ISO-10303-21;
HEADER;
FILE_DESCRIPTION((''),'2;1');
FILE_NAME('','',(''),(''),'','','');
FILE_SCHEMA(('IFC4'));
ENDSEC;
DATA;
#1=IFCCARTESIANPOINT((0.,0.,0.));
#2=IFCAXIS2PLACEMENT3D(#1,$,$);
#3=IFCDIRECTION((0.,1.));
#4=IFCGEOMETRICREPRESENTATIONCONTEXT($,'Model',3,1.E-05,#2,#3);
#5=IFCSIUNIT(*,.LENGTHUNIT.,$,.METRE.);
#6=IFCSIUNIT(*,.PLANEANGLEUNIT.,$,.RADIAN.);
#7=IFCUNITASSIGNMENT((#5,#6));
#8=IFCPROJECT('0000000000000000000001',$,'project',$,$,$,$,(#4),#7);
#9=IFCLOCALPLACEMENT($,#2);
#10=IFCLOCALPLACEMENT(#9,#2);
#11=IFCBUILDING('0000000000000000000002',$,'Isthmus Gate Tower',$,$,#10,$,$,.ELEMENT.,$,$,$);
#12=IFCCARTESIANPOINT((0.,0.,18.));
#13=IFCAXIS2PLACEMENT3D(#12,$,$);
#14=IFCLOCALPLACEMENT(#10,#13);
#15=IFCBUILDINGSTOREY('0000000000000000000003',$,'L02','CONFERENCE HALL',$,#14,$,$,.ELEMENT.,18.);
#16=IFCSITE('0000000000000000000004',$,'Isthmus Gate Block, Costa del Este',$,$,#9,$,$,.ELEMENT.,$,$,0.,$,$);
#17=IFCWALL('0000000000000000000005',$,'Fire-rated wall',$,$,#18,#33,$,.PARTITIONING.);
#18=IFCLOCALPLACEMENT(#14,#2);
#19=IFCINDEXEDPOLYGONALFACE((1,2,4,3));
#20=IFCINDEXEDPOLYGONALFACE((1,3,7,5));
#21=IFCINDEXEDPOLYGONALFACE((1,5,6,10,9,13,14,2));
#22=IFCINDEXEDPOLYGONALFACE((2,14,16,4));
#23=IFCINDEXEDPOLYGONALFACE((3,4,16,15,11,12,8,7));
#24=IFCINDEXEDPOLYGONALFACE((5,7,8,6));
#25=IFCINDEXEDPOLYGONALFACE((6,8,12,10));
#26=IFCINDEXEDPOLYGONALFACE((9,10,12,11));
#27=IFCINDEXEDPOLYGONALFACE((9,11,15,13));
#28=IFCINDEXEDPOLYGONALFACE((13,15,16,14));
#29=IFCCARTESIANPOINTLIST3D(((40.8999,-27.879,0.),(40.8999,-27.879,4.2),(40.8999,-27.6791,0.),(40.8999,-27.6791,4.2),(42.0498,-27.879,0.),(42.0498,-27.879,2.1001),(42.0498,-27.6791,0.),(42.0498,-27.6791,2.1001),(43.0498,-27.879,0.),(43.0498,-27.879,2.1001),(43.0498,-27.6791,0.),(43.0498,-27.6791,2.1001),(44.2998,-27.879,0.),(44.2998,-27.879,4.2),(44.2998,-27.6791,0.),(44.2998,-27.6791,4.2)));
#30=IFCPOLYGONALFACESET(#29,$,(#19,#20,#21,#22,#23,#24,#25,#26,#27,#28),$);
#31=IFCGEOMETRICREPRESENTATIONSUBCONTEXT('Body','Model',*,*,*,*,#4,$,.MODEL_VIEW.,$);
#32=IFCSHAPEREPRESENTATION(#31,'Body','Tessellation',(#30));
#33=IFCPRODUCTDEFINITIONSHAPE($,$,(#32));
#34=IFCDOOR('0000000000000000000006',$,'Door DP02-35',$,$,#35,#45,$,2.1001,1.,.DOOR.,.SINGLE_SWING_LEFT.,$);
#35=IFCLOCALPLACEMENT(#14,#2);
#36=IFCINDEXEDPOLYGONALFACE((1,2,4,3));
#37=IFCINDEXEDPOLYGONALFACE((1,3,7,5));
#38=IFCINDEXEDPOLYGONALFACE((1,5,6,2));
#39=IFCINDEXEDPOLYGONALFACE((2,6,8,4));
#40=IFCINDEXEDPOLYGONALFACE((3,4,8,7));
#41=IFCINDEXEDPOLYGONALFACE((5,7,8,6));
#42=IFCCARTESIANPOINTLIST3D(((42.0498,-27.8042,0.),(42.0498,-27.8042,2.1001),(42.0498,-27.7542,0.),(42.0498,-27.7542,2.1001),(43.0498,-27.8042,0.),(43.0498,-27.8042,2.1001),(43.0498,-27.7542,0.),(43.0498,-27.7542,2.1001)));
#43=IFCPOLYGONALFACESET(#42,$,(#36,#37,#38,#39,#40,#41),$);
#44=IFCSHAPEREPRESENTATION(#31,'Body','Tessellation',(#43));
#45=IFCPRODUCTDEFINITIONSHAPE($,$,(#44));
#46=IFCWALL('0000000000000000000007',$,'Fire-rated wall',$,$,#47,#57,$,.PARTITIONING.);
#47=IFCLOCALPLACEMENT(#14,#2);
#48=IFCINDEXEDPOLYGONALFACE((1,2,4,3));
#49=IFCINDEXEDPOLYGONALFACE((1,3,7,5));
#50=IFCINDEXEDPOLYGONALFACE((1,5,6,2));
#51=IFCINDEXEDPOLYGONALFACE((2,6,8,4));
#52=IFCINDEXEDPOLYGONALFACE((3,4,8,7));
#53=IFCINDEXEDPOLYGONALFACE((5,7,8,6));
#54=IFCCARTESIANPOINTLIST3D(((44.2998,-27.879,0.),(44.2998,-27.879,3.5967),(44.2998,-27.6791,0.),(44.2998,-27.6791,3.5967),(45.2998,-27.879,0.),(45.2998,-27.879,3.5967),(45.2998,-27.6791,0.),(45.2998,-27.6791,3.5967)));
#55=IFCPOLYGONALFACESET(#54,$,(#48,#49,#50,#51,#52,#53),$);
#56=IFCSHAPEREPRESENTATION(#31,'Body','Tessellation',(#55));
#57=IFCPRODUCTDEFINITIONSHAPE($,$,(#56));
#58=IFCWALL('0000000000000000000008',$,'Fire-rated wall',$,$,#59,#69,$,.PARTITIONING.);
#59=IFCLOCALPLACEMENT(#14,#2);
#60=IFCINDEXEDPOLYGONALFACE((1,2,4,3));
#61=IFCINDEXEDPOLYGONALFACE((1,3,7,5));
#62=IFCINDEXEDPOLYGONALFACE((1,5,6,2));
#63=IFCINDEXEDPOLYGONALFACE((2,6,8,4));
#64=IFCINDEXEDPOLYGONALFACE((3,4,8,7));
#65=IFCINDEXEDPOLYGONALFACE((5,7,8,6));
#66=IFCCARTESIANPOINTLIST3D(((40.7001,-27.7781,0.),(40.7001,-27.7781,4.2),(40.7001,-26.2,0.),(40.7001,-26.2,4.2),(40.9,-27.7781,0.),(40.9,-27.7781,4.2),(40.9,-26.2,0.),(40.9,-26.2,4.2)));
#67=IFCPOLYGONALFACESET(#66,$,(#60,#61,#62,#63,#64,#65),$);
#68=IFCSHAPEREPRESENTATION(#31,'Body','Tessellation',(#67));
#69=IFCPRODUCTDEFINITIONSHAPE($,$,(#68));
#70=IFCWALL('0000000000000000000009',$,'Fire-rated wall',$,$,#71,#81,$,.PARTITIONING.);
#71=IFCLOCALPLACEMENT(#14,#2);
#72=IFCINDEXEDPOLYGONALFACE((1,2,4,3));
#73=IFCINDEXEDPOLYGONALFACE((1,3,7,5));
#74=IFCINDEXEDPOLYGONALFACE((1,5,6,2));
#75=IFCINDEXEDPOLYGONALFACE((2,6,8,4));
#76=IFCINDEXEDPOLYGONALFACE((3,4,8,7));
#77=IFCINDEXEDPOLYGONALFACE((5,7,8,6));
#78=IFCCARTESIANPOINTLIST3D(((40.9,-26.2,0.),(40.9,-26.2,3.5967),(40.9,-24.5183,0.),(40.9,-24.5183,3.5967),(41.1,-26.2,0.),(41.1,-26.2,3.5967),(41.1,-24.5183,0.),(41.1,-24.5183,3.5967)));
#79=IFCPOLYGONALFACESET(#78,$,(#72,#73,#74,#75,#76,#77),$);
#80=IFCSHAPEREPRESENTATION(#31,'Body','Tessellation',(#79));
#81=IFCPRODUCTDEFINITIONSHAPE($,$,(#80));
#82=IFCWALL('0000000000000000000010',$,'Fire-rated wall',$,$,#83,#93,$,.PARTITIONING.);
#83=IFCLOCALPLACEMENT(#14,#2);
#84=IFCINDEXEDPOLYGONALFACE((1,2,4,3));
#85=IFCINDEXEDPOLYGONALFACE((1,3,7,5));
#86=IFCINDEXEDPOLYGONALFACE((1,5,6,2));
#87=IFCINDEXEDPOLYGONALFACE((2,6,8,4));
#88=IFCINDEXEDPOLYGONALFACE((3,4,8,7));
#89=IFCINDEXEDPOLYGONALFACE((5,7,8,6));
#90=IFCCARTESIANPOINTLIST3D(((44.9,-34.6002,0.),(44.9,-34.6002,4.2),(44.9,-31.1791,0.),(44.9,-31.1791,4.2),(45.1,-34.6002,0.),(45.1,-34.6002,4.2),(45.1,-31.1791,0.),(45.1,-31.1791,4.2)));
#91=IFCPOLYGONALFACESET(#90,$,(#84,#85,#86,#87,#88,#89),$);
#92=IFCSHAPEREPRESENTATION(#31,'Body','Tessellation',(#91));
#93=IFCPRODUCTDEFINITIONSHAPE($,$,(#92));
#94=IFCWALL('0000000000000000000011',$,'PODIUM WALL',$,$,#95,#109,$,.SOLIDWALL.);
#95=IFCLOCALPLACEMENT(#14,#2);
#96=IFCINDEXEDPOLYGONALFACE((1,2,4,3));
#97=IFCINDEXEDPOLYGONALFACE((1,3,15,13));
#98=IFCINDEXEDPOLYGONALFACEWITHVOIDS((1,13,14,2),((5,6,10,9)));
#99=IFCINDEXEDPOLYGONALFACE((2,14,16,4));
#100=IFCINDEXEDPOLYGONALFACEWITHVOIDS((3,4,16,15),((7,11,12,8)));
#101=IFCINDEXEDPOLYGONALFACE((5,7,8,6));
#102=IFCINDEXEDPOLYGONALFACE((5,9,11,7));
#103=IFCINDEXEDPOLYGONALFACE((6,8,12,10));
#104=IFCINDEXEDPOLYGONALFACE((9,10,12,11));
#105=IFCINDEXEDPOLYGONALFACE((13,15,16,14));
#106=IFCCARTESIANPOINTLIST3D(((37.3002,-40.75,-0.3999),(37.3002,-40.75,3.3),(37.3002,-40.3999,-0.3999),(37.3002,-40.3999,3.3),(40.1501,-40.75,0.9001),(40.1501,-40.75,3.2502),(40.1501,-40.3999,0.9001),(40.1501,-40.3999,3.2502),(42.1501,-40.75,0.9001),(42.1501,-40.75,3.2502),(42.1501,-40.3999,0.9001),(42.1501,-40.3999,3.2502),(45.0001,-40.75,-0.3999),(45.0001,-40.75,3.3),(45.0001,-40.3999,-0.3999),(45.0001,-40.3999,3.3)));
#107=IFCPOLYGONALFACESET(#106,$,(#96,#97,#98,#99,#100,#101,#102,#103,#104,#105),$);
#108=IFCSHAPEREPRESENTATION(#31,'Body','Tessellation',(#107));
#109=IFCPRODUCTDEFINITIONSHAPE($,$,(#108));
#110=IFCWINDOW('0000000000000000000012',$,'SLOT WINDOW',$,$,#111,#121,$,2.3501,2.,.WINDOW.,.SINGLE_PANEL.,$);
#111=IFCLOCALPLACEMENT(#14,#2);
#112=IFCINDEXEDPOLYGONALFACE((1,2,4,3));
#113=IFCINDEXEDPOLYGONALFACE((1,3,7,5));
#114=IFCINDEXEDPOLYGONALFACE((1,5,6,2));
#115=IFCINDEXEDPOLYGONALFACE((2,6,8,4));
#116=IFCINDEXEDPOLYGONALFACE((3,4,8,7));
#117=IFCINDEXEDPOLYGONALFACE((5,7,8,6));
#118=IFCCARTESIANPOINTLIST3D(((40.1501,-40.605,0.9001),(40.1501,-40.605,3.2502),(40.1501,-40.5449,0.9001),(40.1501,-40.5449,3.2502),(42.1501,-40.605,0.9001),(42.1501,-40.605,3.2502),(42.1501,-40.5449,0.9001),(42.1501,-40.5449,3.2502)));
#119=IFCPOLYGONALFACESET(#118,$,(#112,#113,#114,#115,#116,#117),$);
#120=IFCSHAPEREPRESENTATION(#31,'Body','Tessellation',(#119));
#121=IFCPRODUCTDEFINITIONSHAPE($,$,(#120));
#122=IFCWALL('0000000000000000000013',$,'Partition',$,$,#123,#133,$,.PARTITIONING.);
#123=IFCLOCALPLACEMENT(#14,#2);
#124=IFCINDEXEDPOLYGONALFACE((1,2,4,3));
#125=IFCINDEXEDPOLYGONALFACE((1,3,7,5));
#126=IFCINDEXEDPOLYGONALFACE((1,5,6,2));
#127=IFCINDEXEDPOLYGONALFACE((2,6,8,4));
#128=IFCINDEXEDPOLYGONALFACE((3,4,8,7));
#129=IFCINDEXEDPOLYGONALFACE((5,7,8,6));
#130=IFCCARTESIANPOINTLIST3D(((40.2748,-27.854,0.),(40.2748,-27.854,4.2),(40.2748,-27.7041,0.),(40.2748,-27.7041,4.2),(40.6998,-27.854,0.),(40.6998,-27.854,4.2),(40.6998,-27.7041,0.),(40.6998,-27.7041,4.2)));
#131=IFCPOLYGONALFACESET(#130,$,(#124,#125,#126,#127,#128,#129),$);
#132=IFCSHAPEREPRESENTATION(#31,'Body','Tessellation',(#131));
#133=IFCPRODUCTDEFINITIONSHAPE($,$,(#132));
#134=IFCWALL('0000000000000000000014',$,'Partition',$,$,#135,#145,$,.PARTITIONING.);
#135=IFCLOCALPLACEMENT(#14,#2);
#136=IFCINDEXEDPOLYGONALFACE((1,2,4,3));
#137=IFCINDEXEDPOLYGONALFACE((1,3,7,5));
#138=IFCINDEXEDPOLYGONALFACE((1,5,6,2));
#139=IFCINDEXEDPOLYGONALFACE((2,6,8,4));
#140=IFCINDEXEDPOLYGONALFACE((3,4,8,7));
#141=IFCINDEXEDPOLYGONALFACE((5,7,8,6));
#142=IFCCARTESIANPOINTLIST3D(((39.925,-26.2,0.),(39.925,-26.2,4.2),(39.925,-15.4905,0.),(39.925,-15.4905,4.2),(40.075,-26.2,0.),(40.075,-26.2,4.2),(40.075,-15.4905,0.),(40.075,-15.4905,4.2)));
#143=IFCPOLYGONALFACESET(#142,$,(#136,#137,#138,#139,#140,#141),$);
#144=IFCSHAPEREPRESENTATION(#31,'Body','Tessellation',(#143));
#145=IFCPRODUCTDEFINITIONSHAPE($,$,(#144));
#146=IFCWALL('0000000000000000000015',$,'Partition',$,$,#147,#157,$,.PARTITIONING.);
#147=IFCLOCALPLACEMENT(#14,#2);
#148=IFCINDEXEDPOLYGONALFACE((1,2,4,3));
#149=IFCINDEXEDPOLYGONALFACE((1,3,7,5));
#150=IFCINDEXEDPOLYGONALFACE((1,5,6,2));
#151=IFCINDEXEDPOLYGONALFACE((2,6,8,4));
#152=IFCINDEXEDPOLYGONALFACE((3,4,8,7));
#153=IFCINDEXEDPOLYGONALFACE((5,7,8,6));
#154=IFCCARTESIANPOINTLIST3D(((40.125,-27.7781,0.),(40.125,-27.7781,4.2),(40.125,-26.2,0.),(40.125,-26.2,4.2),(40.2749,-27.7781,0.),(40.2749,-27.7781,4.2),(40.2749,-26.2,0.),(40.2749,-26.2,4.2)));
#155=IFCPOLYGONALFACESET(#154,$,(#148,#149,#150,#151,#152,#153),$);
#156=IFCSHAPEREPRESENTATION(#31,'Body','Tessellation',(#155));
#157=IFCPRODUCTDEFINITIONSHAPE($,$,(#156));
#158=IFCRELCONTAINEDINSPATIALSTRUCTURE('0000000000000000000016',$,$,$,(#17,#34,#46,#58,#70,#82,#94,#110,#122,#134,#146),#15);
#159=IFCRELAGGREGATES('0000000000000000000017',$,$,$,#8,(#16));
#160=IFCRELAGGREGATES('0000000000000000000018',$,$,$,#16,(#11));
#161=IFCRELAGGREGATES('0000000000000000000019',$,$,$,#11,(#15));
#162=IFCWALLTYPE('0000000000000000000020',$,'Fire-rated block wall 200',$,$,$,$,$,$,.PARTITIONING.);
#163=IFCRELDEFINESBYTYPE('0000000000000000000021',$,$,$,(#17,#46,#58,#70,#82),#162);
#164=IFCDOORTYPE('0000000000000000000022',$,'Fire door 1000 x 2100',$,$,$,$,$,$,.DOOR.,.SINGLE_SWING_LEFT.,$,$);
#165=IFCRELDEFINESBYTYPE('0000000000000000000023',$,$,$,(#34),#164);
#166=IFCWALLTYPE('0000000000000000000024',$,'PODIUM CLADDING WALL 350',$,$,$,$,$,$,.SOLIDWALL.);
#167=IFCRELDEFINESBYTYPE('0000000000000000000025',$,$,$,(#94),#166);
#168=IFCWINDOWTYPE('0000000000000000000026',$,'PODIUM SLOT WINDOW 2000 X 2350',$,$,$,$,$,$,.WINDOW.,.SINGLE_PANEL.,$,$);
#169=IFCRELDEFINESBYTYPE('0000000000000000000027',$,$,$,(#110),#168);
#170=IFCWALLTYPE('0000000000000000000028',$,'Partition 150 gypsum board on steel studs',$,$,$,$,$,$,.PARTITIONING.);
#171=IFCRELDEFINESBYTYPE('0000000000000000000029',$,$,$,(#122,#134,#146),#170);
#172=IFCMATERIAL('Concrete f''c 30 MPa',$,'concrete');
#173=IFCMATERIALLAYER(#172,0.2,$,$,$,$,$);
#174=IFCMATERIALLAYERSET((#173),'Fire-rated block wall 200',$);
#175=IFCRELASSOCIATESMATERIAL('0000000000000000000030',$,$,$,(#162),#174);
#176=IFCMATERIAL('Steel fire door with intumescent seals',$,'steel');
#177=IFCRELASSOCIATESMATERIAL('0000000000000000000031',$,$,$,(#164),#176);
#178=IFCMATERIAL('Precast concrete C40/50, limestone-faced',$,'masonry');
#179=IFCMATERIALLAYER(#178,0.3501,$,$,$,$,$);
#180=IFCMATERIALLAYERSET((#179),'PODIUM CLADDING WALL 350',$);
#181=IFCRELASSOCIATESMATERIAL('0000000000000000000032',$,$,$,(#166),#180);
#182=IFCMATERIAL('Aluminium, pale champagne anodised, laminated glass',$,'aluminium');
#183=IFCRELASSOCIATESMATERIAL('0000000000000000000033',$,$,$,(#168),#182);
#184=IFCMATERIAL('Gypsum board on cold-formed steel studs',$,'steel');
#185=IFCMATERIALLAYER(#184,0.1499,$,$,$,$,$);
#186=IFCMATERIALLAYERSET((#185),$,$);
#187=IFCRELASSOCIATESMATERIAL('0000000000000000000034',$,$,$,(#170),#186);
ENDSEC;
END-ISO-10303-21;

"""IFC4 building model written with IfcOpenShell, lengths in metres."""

from ifc_helpers import new_model, si_unit, direction, frame, frame_2d, origin, place, context, subcontext, project, spatial, rectangle, extrude, material, layer, layer_set, type_object, element, fill, save


model = new_model("IFC4")

# Units and contexts
model_context = context("Model", 3, precision=1e-05, world=origin(), true_north=direction((0.0, 1.0)))
body_context = subcontext(model_context, "Body", "Model", "MODEL_VIEW")
ifc_project = project(units=[si_unit("LENGTHUNIT", "METRE"), si_unit("PLANEANGLEUNIT", "RADIAN")], contexts=[model_context])

# Site, building, storey
site_placement = place(None, origin())
site = spatial("IfcSite", under=ifc_project, at=site_placement, Name="Isthmus Gate Block, Costa del Este", CompositionType="ELEMENT", RefElevation=0.0)
building_placement = place(site_placement, origin())
building = spatial("IfcBuilding", under=site, at=building_placement, Name="Isthmus Gate Tower", CompositionType="ELEMENT")
storey_placement = place(building_placement, frame((0.0, 0.0, 18.0)))
storey = spatial("IfcBuildingStorey", under=building, at=storey_placement, Name="L02", Description="CONFERENCE HALL", CompositionType="ELEMENT", Elevation=18.0)

# Wall, opening, door
ifc_material_1 = material(Name="Concrete f'c 30 MPa", Category="concrete")
ifc_layer_1 = layer(ifc_material_1, 0.2)
ifc_layer_set_1 = layer_set([ifc_layer_1], Name="Fire-rated block wall 200")
wall_type_1 = type_object("IfcWallType", Name="Fire-rated block wall 200", PredefinedType="PARTITIONING", material=ifc_layer_set_1)
ifc_material_2 = material(Name="Steel fire door with intumescent seals", Category="steel")
door_type = type_object("IfcDoorType", Name="Fire door 1000 x 2100", OperationType="SINGLE_SWING_LEFT", PredefinedType="DOOR", material=ifc_material_2)
wall_1_placement = place(storey_placement, frame((40.8999, -27.7791, 0.0), z_axis=(0.0, 0.0, 1.0), x_axis=(1.0, 0.0, 0.0)))
wall_1 = element("IfcWall", 1, at=wall_1_placement, inside=storey, type_object=wall_type_1, Name="Fire-rated wall", PredefinedType="PARTITIONING", context=body_context, shape_type="SweptSolid", body=[
    extrude(rectangle(XDim=3.3999, YDim=0.2, at=frame_2d((1.7, 0.0))), origin(), (0.0, 0.0, 1.0), 4.2),
])
opening_1_placement = place(wall_1_placement, frame((1.1499, 0.0, 0.0)))
opening_1 = element("IfcOpeningElement", 2, at=opening_1_placement, cuts=wall_1, PredefinedType="OPENING", context=body_context, shape_type="SweptSolid", body=[
    extrude(rectangle(XDim=1.0, YDim=2.1001, at=frame_2d((0.5, 1.05))), frame((0.0, 0.1099, 0.0), z_axis=(0.0, -1.0, 0.0), x_axis=(1.0, 0.0, 0.0)), (0.0, 0.0, 1.0), 0.22),
])
door_1_placement = place(opening_1_placement, origin())
door_1 = element("IfcDoor", 3, at=door_1_placement, inside=storey, type_object=door_type, Name="Door DP02-35", OperationType="SINGLE_SWING_LEFT", OverallHeight=2.1001, OverallWidth=1.0, PredefinedType="DOOR", context=body_context, shape_type="SweptSolid", body=[
    extrude(rectangle(XDim=1.0, YDim=2.1001, at=frame_2d((0.5, 1.05))), frame((0.0, 0.0249, 0.0), z_axis=(0.0, -1.0, 0.0), x_axis=(1.0, 0.0, 0.0)), (0.0, 0.0, 1.0), 0.05),
])
fill(opening_1, door_1)

# Walls
wall_2_placement = place(storey_placement, frame((44.2998, -27.7791, 0.0), z_axis=(0.0, 0.0, 1.0), x_axis=(1.0, 0.0, 0.0)))
element("IfcWall", 4, at=wall_2_placement, inside=storey, type_object=wall_type_1, Name="Fire-rated wall", PredefinedType="PARTITIONING", context=body_context, shape_type="SweptSolid", body=[
    extrude(rectangle(XDim=1.0, YDim=0.2, at=frame_2d((0.5, 0.0))), origin(), (0.0, 0.0, 1.0), 3.5967),
])
wall_3_placement = place(storey_placement, frame((40.8, -27.7781, 0.0), z_axis=(0.0, 0.0, 1.0), x_axis=(0.0, 1.0, 0.0)))
element("IfcWall", 5, at=wall_3_placement, inside=storey, type_object=wall_type_1, Name="Fire-rated wall", PredefinedType="PARTITIONING", context=body_context, shape_type="SweptSolid", body=[
    extrude(rectangle(XDim=1.5781, YDim=0.2, at=frame_2d((0.7891, 0.0))), origin(), (0.0, 0.0, 1.0), 4.2),
])
wall_4_placement = place(storey_placement, frame((41.0, -26.2, 0.0), z_axis=(0.0, 0.0, 1.0), x_axis=(0.0, 1.0, 0.0)))
element("IfcWall", 6, at=wall_4_placement, inside=storey, type_object=wall_type_1, Name="Fire-rated wall", PredefinedType="PARTITIONING", context=body_context, shape_type="SweptSolid", body=[
    extrude(rectangle(XDim=1.6816, YDim=0.2, at=frame_2d((0.8408, 0.0))), origin(), (0.0, 0.0, 1.0), 3.5967),
])
wall_5_placement = place(storey_placement, frame((45.0, -34.6001, 0.0), z_axis=(0.0, 0.0, 1.0), x_axis=(0.0, 1.0, 0.0)))
element("IfcWall", 7, at=wall_5_placement, inside=storey, type_object=wall_type_1, Name="Fire-rated wall", PredefinedType="PARTITIONING", context=body_context, shape_type="SweptSolid", body=[
    extrude(rectangle(XDim=3.4211, YDim=0.2, at=frame_2d((1.7104, 0.0))), origin(), (0.0, 0.0, 1.0), 4.2),
])

# Wall, opening, window
ifc_material_3 = material(Name="Precast concrete C40/50, limestone-faced", Category="masonry")
ifc_layer_2 = layer(ifc_material_3, 0.3501)
ifc_layer_set_2 = layer_set([ifc_layer_2], Name="PODIUM CLADDING WALL 350")
wall_type_2 = type_object("IfcWallType", Name="PODIUM CLADDING WALL 350", PredefinedType="SOLIDWALL", material=ifc_layer_set_2)
wall_6_placement = place(storey_placement, frame((37.3, -40.575, -0.3999), z_axis=(0.0, 0.0, 1.0), x_axis=(1.0, 0.0, 0.0)))
wall_6 = element("IfcWall", 8, at=wall_6_placement, inside=storey, type_object=wall_type_2, Name="PODIUM WALL", PredefinedType="SOLIDWALL", context=body_context, shape_type="SweptSolid", body=[
    extrude(rectangle(XDim=7.7, YDim=0.3501, at=frame_2d((3.8501, 0.0))), origin(), (0.0, 0.0, 1.0), 3.7),
])
opening_2_placement = place(wall_6_placement, frame((2.8501, 0.0, 1.3)))
opening_2 = element("IfcOpeningElement", 9, at=opening_2_placement, cuts=wall_6, PredefinedType="OPENING", context=body_context, shape_type="SweptSolid", body=[
    extrude(rectangle(XDim=2.0, YDim=2.3501, at=frame_2d((1.0, 1.175))), frame((0.0, 0.1851, 0.0), z_axis=(0.0, -1.0, 0.0), x_axis=(1.0, 0.0, 0.0)), (0.0, 0.0, 1.0), 0.3701),
])
ifc_material_4 = material(Name="Aluminium, pale champagne anodised, laminated glass", Category="aluminium")
window_type = type_object("IfcWindowType", Name="PODIUM SLOT WINDOW 2000 X 2350", PartitioningType="SINGLE_PANEL", PredefinedType="WINDOW", material=ifc_material_4)
window_placement = place(opening_2_placement, origin())
window = element("IfcWindow", 10, at=window_placement, inside=storey, type_object=window_type, Name="SLOT WINDOW", OverallHeight=2.3501, OverallWidth=2.0, PartitioningType="SINGLE_PANEL", PredefinedType="WINDOW", context=body_context, shape_type="SweptSolid", body=[
    extrude(rectangle(XDim=2.0, YDim=2.3501, at=frame_2d((1.0, 1.175))), frame((0.0, 0.03, 0.0), z_axis=(0.0, -1.0, 0.0), x_axis=(1.0, 0.0, 0.0)), (0.0, 0.0, 1.0), 0.0601),
])
fill(opening_2, window)

# Walls
ifc_material_5 = material(Name="Gypsum board on cold-formed steel studs", Category="steel")
ifc_layer_3 = layer(ifc_material_5, 0.1499)
ifc_layer_set_3 = layer_set([ifc_layer_3])
wall_type_3 = type_object("IfcWallType", Name="Partition 150 gypsum board on steel studs", PredefinedType="PARTITIONING", material=ifc_layer_set_3)
wall_7_placement = place(storey_placement, frame((40.2749, -27.7791, 0.0), z_axis=(0.0, 0.0, 1.0), x_axis=(1.0, 0.0, 0.0)))
element("IfcWall", 11, at=wall_7_placement, inside=storey, type_object=wall_type_3, Name="Partition", PredefinedType="PARTITIONING", context=body_context, shape_type="SweptSolid", body=[
    extrude(rectangle(XDim=0.425, YDim=0.1499, at=frame_2d((0.2124, 0.0))), origin(), (0.0, 0.0, 1.0), 4.2),
])
wall_8_placement = place(storey_placement, frame((40.0, -26.2, 0.0), z_axis=(0.0, 0.0, 1.0), x_axis=(0.0, 1.0, 0.0)))
element("IfcWall", 12, at=wall_8_placement, inside=storey, type_object=wall_type_3, Name="Partition", PredefinedType="PARTITIONING", context=body_context, shape_type="SweptSolid", body=[
    extrude(rectangle(XDim=10.7095, YDim=0.1499, at=frame_2d((5.3547, 0.0))), origin(), (0.0, 0.0, 1.0), 4.2),
])
wall_9_placement = place(storey_placement, frame((40.2, -27.7781, 0.0), z_axis=(0.0, 0.0, 1.0), x_axis=(0.0, 1.0, 0.0)))
element("IfcWall", 13, at=wall_9_placement, inside=storey, type_object=wall_type_3, Name="Partition", PredefinedType="PARTITIONING", context=body_context, shape_type="SweptSolid", body=[
    extrude(rectangle(XDim=1.5781, YDim=0.1499, at=frame_2d((0.7891, 0.0))), origin(), (0.0, 0.0, 1.0), 4.2),
])

save(model, "model.ifc")
